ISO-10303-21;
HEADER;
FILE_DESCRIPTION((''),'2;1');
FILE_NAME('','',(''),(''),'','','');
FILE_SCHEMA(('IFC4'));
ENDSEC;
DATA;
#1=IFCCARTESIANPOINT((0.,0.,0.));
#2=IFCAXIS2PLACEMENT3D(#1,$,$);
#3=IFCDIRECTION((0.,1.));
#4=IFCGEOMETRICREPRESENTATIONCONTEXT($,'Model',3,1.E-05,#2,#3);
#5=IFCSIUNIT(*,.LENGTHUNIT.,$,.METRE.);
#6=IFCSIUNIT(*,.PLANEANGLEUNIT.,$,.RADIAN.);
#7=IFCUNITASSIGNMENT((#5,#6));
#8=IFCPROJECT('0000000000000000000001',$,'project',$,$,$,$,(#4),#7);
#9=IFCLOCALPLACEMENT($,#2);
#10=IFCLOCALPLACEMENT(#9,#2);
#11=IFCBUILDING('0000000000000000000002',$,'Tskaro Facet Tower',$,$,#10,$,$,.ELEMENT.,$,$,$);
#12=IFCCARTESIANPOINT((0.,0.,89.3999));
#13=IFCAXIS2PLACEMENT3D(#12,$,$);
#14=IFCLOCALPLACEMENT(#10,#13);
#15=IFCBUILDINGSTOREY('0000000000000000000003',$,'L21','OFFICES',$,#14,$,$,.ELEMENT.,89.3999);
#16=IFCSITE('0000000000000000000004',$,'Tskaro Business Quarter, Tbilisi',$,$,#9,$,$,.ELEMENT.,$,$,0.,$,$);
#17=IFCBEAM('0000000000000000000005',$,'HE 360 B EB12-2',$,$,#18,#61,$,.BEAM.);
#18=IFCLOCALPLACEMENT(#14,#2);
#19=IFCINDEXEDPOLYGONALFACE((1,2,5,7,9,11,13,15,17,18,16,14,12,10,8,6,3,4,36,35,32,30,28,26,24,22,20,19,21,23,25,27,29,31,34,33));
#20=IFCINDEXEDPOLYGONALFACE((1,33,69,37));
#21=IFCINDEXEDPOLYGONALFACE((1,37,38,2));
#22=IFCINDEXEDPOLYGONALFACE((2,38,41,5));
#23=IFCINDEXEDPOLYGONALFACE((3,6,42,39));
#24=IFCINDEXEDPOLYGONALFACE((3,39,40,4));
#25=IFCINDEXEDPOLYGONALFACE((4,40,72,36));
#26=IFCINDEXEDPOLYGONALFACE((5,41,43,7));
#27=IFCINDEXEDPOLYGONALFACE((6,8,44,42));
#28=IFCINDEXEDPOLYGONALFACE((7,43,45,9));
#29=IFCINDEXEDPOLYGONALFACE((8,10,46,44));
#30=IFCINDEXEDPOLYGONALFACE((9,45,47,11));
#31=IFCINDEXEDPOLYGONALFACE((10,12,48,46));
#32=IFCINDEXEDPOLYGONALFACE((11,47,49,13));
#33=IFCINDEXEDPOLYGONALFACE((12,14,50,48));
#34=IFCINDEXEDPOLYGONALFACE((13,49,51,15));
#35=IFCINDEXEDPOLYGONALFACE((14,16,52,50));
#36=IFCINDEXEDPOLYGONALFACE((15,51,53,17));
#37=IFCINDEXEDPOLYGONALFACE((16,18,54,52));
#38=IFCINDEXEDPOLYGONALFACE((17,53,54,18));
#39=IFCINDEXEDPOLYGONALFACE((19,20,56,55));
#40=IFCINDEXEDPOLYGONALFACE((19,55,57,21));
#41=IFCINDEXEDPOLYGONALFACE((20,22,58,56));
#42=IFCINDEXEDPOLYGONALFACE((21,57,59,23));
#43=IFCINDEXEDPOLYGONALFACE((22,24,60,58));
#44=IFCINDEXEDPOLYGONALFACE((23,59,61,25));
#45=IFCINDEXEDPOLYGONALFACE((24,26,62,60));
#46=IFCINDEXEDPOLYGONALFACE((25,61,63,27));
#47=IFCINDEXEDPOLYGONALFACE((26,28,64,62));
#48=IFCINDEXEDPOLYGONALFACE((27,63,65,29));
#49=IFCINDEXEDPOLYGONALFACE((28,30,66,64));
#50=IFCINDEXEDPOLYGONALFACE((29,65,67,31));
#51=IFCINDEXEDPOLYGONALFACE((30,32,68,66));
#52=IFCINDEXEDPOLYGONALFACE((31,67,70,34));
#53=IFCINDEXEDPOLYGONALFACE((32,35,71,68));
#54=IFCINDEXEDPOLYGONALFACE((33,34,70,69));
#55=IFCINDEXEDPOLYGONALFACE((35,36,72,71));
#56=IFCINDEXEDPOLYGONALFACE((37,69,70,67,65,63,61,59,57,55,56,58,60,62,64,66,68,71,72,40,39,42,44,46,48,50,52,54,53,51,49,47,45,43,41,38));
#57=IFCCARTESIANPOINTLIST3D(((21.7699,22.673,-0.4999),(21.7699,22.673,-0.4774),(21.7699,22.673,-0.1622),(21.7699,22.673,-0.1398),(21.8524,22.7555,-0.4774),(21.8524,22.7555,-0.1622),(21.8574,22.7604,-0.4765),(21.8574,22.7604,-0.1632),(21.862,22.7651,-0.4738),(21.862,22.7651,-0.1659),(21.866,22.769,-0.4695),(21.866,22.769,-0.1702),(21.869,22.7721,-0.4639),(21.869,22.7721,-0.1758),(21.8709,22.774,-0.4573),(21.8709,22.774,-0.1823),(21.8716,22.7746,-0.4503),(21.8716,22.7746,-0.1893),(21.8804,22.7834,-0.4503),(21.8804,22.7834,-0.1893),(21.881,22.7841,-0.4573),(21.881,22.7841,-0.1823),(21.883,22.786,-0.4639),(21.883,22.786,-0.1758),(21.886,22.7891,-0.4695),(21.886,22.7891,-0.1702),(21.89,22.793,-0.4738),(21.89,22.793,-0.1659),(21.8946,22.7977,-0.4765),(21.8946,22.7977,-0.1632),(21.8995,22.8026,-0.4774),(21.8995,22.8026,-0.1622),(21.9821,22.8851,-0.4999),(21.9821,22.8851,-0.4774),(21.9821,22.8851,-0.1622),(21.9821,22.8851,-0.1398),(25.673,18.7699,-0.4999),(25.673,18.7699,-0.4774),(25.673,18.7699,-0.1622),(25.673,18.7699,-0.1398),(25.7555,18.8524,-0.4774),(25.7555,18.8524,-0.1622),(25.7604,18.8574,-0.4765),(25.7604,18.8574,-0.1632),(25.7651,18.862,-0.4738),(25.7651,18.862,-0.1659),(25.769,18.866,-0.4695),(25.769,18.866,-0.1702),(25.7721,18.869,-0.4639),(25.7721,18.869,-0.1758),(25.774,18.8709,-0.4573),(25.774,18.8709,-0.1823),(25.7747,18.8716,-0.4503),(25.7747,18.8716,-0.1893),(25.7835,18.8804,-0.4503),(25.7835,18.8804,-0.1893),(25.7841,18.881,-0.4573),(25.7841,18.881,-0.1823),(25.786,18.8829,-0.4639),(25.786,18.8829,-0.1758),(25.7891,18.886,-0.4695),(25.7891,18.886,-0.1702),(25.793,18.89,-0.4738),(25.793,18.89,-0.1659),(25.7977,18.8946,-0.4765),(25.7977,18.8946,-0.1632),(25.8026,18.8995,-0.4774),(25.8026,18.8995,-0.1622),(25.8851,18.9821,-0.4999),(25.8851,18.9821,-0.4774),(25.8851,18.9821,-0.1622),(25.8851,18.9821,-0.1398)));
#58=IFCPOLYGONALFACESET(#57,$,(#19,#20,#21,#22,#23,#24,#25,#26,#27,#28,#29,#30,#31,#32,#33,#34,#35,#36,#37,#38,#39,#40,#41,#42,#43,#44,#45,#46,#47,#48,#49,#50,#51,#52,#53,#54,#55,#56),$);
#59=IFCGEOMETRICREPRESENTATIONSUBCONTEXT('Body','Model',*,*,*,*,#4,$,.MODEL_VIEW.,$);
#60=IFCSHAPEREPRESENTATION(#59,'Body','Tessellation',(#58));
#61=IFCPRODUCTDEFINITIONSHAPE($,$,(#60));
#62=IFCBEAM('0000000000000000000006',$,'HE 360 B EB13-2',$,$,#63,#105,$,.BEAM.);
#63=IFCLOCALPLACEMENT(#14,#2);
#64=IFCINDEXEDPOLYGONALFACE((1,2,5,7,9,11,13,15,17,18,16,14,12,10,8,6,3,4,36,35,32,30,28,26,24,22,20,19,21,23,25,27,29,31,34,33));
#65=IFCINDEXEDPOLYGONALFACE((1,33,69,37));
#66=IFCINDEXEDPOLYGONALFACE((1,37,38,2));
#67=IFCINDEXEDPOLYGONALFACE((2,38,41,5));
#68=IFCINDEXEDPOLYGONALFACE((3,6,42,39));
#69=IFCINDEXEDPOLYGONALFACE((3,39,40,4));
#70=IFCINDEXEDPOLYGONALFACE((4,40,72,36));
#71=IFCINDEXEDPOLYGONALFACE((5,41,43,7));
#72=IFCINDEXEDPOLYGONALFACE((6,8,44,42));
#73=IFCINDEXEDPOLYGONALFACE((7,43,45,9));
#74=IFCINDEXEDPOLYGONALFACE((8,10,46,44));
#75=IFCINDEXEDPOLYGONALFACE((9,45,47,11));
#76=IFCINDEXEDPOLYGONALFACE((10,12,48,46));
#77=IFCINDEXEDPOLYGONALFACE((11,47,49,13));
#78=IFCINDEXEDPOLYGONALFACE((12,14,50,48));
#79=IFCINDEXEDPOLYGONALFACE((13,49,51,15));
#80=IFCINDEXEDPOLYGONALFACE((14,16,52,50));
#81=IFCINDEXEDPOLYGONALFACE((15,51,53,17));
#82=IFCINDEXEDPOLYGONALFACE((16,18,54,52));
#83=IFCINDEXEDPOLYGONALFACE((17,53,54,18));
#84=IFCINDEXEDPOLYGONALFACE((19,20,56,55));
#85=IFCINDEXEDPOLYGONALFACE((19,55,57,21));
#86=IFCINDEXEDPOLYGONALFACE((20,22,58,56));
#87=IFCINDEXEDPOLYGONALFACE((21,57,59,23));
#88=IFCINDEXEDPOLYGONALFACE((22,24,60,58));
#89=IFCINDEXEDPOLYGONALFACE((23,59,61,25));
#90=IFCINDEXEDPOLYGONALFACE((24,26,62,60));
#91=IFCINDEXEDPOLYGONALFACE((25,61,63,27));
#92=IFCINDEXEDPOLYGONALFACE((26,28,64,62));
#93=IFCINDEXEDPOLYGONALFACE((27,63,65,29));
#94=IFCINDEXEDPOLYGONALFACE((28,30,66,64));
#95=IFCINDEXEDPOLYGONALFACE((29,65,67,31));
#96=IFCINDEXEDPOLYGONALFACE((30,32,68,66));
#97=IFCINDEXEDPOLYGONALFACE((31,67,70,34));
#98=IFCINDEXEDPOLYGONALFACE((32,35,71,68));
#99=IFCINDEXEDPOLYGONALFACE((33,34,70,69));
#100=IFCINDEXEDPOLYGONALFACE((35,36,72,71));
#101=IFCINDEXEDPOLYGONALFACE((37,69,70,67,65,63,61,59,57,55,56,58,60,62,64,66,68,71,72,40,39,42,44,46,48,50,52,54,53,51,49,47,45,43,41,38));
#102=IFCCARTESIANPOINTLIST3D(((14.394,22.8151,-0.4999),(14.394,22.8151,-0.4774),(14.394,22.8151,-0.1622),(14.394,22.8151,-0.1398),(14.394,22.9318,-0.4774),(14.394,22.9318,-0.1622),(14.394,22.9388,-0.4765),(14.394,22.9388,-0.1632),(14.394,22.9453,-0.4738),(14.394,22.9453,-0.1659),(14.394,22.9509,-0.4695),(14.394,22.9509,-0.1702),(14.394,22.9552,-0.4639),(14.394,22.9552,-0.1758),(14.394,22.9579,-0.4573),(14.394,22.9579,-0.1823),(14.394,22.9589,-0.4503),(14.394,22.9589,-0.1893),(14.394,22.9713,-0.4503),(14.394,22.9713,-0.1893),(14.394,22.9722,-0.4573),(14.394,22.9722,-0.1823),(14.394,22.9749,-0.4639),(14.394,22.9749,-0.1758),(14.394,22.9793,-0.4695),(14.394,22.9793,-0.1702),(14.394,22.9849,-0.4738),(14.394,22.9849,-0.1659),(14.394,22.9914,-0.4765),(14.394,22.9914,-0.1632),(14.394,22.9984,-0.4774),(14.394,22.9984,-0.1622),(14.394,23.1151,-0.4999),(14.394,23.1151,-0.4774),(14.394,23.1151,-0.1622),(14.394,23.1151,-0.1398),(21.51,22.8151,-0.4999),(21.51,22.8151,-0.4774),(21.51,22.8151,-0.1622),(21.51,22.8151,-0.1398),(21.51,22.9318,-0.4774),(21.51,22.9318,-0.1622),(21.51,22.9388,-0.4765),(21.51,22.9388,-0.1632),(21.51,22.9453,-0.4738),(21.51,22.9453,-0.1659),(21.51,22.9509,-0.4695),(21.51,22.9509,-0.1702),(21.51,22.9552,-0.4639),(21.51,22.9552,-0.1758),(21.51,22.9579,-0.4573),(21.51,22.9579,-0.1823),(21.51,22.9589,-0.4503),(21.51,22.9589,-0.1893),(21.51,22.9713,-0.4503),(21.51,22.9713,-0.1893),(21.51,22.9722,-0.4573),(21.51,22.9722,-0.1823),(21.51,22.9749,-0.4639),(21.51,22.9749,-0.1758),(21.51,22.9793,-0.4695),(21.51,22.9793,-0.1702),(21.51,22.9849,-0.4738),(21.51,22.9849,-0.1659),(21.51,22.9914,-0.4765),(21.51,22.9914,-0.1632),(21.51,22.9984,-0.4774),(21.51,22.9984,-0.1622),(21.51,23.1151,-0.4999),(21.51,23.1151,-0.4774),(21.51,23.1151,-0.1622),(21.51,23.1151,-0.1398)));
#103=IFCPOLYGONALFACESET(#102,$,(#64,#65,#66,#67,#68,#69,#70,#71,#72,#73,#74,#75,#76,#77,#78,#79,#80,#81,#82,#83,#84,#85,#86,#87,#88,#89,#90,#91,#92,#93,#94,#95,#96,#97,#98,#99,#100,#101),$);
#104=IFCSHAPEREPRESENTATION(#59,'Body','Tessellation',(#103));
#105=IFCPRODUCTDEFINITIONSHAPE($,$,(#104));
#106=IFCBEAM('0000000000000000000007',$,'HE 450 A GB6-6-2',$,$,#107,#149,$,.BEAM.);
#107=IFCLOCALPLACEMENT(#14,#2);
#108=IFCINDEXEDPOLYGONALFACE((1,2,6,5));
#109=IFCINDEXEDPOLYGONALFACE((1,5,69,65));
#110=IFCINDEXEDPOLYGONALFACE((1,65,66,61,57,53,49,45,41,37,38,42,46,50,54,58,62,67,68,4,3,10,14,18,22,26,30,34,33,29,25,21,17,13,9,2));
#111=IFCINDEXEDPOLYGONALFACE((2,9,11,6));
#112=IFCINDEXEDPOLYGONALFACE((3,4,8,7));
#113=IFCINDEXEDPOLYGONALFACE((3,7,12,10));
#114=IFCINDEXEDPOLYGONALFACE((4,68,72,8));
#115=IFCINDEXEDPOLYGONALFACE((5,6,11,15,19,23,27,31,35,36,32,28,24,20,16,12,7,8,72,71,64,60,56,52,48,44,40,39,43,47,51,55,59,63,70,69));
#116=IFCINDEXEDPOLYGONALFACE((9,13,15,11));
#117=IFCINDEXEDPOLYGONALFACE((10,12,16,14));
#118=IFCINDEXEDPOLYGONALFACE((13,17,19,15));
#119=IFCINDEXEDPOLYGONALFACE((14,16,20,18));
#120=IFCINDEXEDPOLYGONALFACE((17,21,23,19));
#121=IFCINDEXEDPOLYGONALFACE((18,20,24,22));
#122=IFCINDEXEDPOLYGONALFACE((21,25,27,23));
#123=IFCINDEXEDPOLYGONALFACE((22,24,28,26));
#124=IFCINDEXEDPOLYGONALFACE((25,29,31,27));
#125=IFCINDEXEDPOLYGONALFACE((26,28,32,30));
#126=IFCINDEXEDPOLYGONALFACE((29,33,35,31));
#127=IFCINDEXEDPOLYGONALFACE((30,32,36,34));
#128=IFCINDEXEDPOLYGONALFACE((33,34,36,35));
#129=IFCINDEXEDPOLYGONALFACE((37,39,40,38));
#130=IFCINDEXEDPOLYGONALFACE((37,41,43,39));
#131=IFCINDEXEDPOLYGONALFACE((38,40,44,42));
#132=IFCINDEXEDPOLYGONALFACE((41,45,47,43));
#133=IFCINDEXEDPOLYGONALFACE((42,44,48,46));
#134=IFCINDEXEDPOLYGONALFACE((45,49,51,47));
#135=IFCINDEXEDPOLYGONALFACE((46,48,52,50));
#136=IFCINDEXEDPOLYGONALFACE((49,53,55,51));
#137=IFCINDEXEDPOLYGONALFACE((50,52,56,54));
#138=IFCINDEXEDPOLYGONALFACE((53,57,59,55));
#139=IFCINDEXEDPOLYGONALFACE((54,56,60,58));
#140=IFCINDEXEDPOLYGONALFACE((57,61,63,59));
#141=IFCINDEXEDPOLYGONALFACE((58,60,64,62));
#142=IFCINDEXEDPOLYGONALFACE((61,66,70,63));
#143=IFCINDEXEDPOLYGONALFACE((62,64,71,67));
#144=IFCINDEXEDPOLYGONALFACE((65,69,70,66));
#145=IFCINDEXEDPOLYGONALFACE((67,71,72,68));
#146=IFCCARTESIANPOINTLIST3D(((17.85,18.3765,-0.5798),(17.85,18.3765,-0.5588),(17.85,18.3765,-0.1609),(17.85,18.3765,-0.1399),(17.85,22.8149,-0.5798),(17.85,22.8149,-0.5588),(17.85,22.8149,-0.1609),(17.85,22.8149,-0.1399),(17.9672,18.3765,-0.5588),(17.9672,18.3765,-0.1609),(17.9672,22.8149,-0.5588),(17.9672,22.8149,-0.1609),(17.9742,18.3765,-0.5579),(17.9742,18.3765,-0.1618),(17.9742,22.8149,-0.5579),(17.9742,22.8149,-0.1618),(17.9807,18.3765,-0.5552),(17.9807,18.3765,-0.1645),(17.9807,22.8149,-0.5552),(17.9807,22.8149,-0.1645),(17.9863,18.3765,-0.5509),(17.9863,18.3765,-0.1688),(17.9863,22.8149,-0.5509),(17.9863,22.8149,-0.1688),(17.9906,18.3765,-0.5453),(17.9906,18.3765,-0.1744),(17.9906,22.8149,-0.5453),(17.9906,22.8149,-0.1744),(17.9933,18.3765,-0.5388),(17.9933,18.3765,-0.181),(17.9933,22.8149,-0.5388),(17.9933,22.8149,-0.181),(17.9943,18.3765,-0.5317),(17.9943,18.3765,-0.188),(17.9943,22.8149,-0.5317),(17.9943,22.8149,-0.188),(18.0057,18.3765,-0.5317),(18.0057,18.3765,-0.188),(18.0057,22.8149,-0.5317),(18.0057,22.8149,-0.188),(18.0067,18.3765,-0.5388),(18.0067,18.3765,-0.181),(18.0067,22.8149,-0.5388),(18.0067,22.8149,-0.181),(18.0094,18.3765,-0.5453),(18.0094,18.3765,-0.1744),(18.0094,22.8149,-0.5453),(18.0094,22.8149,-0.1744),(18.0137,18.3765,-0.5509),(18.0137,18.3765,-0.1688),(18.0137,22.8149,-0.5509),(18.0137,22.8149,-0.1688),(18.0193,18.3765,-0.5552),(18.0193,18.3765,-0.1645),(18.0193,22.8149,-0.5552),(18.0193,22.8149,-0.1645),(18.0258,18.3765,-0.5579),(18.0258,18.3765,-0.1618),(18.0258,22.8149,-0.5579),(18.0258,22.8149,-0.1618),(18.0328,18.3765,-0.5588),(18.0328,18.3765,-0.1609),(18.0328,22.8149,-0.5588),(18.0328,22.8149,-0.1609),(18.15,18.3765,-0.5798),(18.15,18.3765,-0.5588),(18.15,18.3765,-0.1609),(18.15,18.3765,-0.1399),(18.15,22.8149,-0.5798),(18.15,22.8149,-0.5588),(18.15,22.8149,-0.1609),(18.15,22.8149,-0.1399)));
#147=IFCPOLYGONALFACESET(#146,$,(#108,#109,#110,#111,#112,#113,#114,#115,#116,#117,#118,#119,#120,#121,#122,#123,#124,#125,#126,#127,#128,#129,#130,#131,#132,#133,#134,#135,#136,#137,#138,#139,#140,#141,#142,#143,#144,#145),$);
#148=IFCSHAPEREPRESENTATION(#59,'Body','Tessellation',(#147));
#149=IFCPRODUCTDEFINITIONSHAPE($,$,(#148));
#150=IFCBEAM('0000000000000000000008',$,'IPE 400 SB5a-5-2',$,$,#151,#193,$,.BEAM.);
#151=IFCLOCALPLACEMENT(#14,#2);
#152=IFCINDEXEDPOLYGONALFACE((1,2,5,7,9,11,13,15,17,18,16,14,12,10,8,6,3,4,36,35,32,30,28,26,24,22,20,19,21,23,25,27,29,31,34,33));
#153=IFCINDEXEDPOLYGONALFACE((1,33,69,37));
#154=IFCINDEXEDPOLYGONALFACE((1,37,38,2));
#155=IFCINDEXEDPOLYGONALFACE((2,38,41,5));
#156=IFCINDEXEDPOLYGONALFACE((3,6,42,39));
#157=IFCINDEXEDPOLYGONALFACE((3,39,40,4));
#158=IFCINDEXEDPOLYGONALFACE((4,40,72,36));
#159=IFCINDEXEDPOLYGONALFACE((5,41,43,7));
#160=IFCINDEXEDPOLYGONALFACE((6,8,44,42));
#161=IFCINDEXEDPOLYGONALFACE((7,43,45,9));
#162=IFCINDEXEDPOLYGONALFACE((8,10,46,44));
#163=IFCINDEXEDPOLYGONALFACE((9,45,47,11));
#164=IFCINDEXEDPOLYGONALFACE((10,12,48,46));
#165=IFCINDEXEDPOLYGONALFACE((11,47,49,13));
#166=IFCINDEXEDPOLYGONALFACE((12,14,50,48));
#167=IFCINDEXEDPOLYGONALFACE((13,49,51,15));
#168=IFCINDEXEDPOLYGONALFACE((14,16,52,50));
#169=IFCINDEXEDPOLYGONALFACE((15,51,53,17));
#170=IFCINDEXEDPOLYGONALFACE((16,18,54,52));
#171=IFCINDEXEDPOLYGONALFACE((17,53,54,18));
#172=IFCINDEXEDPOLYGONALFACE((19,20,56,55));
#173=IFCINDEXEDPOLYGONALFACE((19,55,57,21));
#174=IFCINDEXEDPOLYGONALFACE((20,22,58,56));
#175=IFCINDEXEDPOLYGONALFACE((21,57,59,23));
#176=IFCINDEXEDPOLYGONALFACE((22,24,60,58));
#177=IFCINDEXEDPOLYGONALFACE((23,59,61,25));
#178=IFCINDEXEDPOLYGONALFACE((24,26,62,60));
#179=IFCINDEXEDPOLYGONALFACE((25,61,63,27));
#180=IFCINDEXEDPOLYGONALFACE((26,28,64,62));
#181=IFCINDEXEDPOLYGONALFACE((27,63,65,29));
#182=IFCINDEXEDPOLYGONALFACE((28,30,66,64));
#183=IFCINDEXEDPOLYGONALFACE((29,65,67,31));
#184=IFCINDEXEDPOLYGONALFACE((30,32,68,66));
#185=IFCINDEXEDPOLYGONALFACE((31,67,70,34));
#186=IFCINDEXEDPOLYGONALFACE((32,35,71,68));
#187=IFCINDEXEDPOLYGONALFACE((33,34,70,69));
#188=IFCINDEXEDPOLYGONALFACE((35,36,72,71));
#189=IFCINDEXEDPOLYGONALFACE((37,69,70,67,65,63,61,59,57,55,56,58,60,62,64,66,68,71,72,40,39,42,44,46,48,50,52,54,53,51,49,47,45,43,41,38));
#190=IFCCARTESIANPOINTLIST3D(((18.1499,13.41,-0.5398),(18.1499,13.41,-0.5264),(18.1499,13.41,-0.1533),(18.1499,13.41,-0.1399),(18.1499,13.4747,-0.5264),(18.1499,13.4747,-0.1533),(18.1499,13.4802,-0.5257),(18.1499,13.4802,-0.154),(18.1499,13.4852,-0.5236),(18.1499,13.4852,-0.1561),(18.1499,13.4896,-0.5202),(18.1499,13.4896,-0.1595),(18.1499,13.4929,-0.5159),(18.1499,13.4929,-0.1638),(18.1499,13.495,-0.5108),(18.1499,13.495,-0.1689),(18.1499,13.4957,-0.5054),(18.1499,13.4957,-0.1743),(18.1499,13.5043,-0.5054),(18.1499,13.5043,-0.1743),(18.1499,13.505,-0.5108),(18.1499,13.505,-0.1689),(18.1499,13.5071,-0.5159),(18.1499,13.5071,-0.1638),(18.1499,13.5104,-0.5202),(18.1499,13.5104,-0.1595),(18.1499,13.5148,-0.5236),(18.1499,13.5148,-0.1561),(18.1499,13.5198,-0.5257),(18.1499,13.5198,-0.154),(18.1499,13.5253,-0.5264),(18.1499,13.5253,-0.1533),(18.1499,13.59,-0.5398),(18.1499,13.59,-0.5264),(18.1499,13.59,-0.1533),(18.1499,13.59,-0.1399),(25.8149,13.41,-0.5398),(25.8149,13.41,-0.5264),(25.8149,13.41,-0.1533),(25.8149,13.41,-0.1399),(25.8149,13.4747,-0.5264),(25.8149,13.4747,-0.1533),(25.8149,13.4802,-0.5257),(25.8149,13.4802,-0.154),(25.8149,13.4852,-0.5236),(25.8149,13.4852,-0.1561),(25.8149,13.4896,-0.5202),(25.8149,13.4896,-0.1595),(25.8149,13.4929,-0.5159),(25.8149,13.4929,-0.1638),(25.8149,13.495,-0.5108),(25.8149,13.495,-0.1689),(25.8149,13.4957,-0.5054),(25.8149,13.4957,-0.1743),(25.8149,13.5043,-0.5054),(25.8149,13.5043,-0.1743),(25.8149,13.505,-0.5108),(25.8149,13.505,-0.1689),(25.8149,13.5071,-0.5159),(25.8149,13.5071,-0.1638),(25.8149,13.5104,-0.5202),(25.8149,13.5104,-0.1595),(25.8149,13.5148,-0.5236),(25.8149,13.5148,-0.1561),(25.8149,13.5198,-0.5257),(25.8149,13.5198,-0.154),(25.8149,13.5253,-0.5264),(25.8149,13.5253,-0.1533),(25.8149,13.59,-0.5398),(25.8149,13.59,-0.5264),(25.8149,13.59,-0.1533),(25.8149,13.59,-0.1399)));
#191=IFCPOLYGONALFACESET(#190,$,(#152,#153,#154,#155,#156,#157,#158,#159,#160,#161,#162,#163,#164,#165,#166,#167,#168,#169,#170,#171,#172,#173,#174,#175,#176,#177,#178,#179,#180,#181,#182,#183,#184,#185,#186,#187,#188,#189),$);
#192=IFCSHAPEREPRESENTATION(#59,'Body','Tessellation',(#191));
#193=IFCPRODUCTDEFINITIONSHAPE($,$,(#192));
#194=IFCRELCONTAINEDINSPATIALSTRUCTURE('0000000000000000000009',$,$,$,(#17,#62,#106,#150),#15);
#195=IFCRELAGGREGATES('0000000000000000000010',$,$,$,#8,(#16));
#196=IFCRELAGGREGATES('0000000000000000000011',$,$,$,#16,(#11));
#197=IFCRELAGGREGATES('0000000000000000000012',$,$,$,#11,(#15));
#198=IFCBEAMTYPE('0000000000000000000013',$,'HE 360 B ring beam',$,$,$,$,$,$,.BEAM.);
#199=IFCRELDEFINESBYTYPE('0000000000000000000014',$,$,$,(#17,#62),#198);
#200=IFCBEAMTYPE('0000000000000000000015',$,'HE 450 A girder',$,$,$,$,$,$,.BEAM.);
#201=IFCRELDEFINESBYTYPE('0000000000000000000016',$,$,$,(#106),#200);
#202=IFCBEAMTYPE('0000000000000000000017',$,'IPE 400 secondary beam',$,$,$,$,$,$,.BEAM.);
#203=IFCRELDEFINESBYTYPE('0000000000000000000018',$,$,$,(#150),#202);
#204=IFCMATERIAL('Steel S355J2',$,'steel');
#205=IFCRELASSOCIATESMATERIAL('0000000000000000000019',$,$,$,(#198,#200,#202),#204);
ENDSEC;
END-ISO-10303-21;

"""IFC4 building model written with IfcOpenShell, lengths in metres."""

from ifc_helpers import new_model, si_unit, direction, frame, origin, origin_2d, place, context, subcontext, project, spatial, i_section, extrude, material, material_profile, profile_set, type_object, element, save


model = new_model("IFC4")

# Units and contexts
model_context = context("Model", 3, precision=1e-05, world=origin(), true_north=direction((0.0, 1.0)))
body_context = subcontext(model_context, "Body", "Model", "MODEL_VIEW")
ifc_project = project(units=[si_unit("LENGTHUNIT", "METRE"), si_unit("PLANEANGLEUNIT", "RADIAN")], contexts=[model_context])

# Site, building, storey
site_placement = place(None, origin())
site = spatial("IfcSite", under=ifc_project, at=site_placement, Name="Tskaro Business Quarter, Tbilisi", CompositionType="ELEMENT", RefElevation=0.0)
building_placement = place(site_placement, origin())
building = spatial("IfcBuilding", under=site, at=building_placement, Name="Tskaro Facet Tower", CompositionType="ELEMENT")
storey_placement = place(building_placement, frame((0.0, 0.0, 89.3999)))
storey = spatial("IfcBuildingStorey", under=building, at=storey_placement, Name="L21", Description="OFFICES", CompositionType="ELEMENT", Elevation=89.3999)

# Beams
ifc_material_1 = material(Name="Steel S355J2", Category="steel")
ifc_material_profile_1 = material_profile(ifc_material_1, i_section(OverallWidth=0.3, OverallDepth=0.3601, WebThickness=0.0125, FlangeThickness=0.0225, FilletRadius=0.0271, at=origin_2d()), Name="HE 360 B")
ifc_profile_set_1 = profile_set([ifc_material_profile_1], Name="Steel S355J2")
beam_type_1 = type_object("IfcBeamType", Name="HE 360 B ring beam", PredefinedType="BEAM", material=ifc_profile_set_1)
beam_1_placement = place(storey_placement, frame((25.7791, 18.876, -0.3198), z_axis=(-0.707107, 0.707107, 0.0), x_axis=(-0.707107, -0.707107, 0.0)))
element("IfcBeam", 1, at=beam_1_placement, inside=storey, type_object=beam_type_1, Name="HE 360 B EB12-2", PredefinedType="BEAM", context=body_context, shape_type="SweptSolid", body=[
    extrude(i_section(OverallWidth=0.3, OverallDepth=0.3601, WebThickness=0.0125, FlangeThickness=0.0225, FilletRadius=0.0271, at=origin_2d()), origin(), (0.0, 0.0, 1.0), 5.5198),
])
beam_2_placement = place(storey_placement, frame((21.51, 22.9651, -0.3198), z_axis=(-1.0, 0.0, 0.0), x_axis=(0.0, -1.0, 0.0)))
element("IfcBeam", 2, at=beam_2_placement, inside=storey, type_object=beam_type_1, Name="HE 360 B EB13-2", PredefinedType="BEAM", context=body_context, shape_type="SweptSolid", body=[
    extrude(i_section(OverallWidth=0.3, OverallDepth=0.3601, WebThickness=0.0125, FlangeThickness=0.0225, FilletRadius=0.0271, at=origin_2d()), origin(), (0.0, 0.0, 1.0), 7.116),
])
ifc_material_profile_2 = material_profile(ifc_material_1, i_section(OverallWidth=0.3, OverallDepth=0.4399, WebThickness=0.0115, FlangeThickness=0.021, FilletRadius=0.0271, at=origin_2d()), Name="HE 450 A")
ifc_profile_set_2 = profile_set([ifc_material_profile_2], Name="Steel S355J2")
beam_type_2 = type_object("IfcBeamType", Name="HE 450 A girder", PredefinedType="BEAM", material=ifc_profile_set_2)
beam_3_placement = place(storey_placement, frame((18.0, 18.3765, -0.3599), z_axis=(0.0, 1.0, 0.0), x_axis=(-1.0, 0.0, 0.0)))
element("IfcBeam", 3, at=beam_3_placement, inside=storey, type_object=beam_type_2, Name="HE 450 A GB6-6-2", PredefinedType="BEAM", context=body_context, shape_type="SweptSolid", body=[
    extrude(i_section(OverallWidth=0.3, OverallDepth=0.4399, WebThickness=0.0115, FlangeThickness=0.021, FilletRadius=0.0271, at=origin_2d()), origin(), (0.0, 0.0, 1.0), 4.4385),
])
ifc_material_profile_3 = material_profile(ifc_material_1, i_section(OverallWidth=0.1799, OverallDepth=0.3999, WebThickness=0.0085, FlangeThickness=0.0134, FilletRadius=0.021, at=origin_2d()), Name="IPE 400")
ifc_profile_set_3 = profile_set([ifc_material_profile_3], Name="Steel S355J2")
beam_type_3 = type_object("IfcBeamType", Name="IPE 400 secondary beam", PredefinedType="BEAM", material=ifc_profile_set_3)
beam_4_placement = place(storey_placement, frame((18.1499, 13.5, -0.3398), z_axis=(1.0, 0.0, 0.0), x_axis=(0.0, 1.0, 0.0)))
element("IfcBeam", 4, at=beam_4_placement, inside=storey, type_object=beam_type_3, Name="IPE 400 SB5a-5-2", PredefinedType="BEAM", context=body_context, shape_type="SweptSolid", body=[
    extrude(i_section(OverallWidth=0.1799, OverallDepth=0.3999, WebThickness=0.0085, FlangeThickness=0.0134, FilletRadius=0.021, at=origin_2d()), origin(), (0.0, 0.0, 1.0), 7.665),
])

save(model, "model.ifc")
